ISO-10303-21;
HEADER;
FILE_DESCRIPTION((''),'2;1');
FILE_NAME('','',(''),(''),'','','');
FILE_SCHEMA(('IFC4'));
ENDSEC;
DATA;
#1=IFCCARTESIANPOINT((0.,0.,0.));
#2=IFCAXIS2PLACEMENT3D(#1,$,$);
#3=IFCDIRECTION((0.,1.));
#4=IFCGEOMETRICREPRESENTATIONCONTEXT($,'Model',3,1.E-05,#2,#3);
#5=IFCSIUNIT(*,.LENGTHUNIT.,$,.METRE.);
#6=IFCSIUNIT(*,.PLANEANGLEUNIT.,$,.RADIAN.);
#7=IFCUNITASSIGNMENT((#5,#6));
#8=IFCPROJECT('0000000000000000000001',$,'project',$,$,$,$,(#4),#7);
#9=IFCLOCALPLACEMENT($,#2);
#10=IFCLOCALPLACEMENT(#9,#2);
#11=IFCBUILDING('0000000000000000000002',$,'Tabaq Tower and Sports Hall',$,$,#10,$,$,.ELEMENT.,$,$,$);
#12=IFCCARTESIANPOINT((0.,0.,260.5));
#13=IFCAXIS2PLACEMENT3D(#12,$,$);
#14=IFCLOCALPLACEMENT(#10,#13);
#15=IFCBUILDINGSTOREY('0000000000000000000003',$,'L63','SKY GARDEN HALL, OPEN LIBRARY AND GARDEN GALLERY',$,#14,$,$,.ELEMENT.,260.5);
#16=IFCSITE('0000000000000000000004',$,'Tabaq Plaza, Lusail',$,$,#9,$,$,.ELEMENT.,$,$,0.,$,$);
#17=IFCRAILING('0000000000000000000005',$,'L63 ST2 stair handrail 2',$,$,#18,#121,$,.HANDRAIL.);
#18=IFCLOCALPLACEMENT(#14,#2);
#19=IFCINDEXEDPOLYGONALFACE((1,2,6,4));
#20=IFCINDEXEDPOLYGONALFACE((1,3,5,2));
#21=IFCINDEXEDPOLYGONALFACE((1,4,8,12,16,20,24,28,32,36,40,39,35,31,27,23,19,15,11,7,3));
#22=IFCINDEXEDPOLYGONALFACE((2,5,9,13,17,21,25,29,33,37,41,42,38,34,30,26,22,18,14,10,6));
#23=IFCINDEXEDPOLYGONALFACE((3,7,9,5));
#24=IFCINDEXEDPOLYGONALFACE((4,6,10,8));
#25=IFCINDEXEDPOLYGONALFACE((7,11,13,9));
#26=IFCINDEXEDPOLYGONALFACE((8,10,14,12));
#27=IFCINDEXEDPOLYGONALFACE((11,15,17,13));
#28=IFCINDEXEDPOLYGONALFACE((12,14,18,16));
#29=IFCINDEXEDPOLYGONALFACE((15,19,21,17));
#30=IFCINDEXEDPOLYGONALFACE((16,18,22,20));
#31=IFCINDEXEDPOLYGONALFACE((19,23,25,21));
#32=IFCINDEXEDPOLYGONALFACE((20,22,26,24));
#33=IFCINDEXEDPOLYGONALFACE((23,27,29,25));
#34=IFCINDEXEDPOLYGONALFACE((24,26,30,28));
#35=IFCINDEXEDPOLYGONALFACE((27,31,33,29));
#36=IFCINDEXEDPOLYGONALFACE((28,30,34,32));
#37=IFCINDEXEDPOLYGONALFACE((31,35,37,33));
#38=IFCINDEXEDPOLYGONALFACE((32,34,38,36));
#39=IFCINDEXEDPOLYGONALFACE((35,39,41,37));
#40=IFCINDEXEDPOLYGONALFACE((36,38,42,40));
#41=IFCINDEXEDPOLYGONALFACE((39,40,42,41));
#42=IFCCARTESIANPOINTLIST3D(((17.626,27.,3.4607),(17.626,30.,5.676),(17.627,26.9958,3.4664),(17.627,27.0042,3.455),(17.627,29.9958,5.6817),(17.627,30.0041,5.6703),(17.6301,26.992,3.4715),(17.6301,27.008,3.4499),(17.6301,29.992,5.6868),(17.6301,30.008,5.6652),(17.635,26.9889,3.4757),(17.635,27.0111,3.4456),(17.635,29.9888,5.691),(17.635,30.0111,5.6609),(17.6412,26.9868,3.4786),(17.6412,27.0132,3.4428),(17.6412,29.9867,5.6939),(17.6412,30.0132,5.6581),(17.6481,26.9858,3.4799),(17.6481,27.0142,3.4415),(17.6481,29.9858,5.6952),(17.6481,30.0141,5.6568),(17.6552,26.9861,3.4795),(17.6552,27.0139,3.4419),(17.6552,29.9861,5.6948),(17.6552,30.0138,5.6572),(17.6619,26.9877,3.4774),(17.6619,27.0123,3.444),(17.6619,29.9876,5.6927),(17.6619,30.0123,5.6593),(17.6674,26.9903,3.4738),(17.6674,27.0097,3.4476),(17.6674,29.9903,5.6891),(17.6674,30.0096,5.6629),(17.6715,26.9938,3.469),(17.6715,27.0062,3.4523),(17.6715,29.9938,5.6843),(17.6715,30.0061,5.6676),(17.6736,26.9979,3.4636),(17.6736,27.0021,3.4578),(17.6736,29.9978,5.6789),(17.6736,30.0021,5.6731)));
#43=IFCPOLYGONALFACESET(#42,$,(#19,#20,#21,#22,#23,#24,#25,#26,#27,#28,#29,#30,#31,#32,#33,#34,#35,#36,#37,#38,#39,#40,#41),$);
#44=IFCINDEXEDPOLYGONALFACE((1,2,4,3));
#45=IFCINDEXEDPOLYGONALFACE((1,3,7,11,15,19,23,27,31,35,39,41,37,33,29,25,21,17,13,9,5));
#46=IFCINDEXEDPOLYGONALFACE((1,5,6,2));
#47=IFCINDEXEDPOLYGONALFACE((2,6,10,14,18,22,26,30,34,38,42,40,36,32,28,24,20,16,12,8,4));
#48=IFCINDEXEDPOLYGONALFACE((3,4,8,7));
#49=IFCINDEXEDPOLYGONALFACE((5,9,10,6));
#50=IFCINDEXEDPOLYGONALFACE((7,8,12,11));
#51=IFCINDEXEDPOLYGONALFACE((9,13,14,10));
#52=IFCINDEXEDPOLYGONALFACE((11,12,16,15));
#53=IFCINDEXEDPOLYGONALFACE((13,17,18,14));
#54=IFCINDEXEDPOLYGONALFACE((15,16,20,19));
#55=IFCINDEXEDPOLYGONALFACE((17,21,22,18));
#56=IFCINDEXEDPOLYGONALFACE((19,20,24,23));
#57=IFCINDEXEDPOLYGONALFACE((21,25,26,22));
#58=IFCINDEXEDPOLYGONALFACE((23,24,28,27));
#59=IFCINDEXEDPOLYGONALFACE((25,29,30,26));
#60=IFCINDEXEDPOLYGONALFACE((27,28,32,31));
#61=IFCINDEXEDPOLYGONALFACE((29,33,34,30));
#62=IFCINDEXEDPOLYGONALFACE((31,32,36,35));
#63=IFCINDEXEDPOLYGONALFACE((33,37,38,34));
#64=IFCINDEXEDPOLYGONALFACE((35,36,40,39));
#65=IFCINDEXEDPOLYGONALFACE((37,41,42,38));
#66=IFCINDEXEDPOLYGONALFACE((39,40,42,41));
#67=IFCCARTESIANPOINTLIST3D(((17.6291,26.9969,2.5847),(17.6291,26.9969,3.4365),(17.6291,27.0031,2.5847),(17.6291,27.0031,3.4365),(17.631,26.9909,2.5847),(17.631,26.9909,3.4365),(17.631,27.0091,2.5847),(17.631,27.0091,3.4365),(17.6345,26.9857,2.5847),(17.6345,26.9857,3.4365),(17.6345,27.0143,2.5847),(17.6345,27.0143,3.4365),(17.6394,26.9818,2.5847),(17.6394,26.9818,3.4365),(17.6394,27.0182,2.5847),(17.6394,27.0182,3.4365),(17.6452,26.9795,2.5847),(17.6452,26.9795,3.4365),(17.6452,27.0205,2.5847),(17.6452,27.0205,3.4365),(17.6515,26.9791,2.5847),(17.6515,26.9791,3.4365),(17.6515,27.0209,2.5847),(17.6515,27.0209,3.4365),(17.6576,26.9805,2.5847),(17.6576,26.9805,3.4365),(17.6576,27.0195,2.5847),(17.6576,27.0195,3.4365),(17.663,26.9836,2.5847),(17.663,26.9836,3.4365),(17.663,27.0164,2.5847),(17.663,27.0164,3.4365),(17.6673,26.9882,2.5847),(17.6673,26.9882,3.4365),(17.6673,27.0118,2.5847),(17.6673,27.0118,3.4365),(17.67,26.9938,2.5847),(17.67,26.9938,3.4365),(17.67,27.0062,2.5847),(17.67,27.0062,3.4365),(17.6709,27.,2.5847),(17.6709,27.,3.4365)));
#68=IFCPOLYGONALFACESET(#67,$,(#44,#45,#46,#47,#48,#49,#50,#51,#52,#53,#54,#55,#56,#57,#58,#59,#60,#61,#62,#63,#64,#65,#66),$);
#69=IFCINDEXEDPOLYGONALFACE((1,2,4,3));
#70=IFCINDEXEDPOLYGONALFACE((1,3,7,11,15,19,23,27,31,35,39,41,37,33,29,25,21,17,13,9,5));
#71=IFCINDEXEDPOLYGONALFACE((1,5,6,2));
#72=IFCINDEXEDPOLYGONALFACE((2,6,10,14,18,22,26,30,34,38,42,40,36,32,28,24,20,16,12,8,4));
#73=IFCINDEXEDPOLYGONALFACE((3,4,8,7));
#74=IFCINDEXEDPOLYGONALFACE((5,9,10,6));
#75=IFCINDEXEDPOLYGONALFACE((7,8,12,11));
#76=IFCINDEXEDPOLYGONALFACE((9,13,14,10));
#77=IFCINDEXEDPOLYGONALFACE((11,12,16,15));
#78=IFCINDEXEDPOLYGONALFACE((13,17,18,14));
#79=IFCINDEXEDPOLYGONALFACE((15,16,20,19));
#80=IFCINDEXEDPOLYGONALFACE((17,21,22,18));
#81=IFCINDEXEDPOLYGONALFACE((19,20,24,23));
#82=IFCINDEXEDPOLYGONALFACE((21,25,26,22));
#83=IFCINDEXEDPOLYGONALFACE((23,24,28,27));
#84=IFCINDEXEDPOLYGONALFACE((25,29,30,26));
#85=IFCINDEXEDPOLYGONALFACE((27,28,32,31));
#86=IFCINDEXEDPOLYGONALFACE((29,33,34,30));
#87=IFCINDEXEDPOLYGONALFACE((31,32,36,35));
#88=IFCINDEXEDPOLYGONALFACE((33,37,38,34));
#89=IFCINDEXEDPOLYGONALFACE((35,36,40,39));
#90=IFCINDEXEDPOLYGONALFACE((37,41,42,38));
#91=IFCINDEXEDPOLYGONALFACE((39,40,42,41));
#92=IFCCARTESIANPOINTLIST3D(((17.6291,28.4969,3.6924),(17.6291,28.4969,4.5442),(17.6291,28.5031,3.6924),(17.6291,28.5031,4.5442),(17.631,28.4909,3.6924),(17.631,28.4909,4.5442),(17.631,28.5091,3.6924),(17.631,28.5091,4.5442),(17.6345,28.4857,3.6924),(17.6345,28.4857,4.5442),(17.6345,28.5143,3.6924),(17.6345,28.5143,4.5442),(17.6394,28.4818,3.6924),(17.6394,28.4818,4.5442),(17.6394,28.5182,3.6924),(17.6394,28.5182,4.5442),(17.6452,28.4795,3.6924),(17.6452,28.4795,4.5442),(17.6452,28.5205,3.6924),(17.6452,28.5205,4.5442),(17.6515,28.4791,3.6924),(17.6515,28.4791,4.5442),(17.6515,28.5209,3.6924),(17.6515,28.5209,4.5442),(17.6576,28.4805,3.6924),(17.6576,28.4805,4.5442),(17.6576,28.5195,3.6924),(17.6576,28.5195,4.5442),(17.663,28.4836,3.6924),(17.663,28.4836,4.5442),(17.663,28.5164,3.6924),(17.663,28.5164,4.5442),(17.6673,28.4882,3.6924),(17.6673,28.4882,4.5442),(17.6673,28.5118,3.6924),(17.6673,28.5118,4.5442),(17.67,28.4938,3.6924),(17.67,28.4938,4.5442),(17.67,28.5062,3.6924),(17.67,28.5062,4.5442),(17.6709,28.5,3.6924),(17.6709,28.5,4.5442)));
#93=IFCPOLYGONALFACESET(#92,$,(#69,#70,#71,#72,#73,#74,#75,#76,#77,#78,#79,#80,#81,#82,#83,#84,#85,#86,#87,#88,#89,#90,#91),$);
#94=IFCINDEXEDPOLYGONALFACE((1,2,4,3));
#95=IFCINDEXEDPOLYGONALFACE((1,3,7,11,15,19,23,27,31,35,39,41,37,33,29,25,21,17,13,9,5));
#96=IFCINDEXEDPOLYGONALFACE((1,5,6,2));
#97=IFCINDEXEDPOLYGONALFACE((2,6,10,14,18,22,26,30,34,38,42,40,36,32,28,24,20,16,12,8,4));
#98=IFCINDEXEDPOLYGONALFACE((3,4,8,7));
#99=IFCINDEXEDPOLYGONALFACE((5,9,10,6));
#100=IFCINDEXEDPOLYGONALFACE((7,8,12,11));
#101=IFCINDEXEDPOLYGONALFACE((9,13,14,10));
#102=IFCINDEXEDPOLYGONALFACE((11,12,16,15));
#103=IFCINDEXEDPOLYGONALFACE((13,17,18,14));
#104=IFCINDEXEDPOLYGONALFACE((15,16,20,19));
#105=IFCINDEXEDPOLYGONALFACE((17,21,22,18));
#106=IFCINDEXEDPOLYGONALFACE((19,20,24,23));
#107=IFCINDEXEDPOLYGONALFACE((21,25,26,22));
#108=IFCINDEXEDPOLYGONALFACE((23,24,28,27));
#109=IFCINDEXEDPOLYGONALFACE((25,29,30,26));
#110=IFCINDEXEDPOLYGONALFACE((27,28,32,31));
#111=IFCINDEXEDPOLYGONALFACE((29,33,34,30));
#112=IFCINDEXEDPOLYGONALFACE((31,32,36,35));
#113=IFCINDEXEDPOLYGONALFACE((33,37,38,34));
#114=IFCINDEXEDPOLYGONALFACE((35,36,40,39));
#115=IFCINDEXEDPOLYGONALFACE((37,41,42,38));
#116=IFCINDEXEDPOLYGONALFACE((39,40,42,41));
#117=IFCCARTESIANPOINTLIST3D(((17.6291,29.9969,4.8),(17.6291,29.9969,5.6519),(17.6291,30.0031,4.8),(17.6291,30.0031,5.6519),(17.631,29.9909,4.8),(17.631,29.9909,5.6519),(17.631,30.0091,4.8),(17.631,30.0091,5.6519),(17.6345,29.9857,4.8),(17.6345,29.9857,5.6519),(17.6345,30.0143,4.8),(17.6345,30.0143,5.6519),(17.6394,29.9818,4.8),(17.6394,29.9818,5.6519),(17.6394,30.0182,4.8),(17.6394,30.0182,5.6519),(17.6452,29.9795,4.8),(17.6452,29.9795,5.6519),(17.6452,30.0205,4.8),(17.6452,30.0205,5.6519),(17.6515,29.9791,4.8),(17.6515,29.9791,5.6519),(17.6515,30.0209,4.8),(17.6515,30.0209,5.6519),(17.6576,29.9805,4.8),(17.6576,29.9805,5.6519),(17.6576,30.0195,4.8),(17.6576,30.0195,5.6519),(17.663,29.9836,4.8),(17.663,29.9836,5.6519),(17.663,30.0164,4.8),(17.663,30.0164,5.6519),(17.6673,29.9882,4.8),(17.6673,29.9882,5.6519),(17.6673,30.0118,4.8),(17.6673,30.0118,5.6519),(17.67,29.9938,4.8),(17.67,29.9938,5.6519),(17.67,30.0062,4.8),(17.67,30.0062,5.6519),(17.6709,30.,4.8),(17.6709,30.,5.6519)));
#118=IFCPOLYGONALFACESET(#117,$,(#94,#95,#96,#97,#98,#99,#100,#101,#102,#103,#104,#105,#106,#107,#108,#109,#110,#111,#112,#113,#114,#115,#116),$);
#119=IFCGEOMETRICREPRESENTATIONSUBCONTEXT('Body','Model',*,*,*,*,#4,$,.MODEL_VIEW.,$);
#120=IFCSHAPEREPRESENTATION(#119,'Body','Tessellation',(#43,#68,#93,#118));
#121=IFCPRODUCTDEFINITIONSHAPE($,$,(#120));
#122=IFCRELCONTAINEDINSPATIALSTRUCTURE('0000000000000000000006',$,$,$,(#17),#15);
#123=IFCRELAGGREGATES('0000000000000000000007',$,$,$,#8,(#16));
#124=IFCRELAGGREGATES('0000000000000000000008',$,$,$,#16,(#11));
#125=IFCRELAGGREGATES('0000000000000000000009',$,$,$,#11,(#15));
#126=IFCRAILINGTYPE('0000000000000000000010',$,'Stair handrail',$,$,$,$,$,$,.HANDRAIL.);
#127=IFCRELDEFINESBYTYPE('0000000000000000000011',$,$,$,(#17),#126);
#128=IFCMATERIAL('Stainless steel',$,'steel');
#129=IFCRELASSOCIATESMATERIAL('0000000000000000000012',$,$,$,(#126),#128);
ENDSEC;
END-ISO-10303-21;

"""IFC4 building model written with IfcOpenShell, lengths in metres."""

from ifc_helpers import new_model, si_unit, direction, frame, origin, origin_2d, place, context, subcontext, project, spatial, circle, extrude, material, type_object, element, save


model = new_model("IFC4")

# Units and contexts
model_context = context("Model", 3, precision=1e-05, world=origin(), true_north=direction((0.0, 1.0)))
body_context = subcontext(model_context, "Body", "Model", "MODEL_VIEW")
ifc_project = project(units=[si_unit("LENGTHUNIT", "METRE"), si_unit("PLANEANGLEUNIT", "RADIAN")], contexts=[model_context])

# Site, building, storey
site_placement = place(None, origin())
site = spatial("IfcSite", under=ifc_project, at=site_placement, Name="Tabaq Plaza, Lusail", CompositionType="ELEMENT", RefElevation=0.0)
building_placement = place(site_placement, origin())
building = spatial("IfcBuilding", under=site, at=building_placement, Name="Tabaq Tower and Sports Hall", CompositionType="ELEMENT")
storey_placement = place(building_placement, frame((0.0, 0.0, 260.5)))
storey = spatial("IfcBuildingStorey", under=building, at=storey_placement, Name="L63", Description="SKY GARDEN HALL, OPEN LIBRARY AND GARDEN GALLERY", CompositionType="ELEMENT", Elevation=260.5)

# Railing
ifc_material_1 = material(Name="Stainless steel", Category="steel")
railing_type_1 = type_object("IfcRailingType", Name="Stair handrail", PredefinedType="HANDRAIL", material=ifc_material_1)
railing_1_placement = place(storey_placement, frame((17.6499, 27.0, 2.5847)))
element("IfcRailing", 1, at=railing_1_placement, inside=storey, type_object=railing_type_1, Name="L63 ST2 stair handrail 2", PredefinedType="HANDRAIL", context=body_context, shape_type="SweptSolid", body=[
    extrude(circle(Radius=0.0239, at=origin_2d()), frame((0.0, 0.0, 0.876), z_axis=(0.0, 0.80444, 0.594034), x_axis=(-1.0, 0.0, 0.0)), (0.0, 0.0, 1.0), 3.7292),
    extrude(circle(Radius=0.021, at=origin_2d()), origin(), (0.0, 0.0, 1.0), 0.8518),
    extrude(circle(Radius=0.021, at=origin_2d()), frame((0.0, 1.5, 1.1077)), (0.0, 0.0, 1.0), 0.8518),
    extrude(circle(Radius=0.021, at=origin_2d()), frame((0.0, 3.0, 2.2153)), (0.0, 0.0, 1.0), 0.8518),
])

save(model, "model.ifc")
